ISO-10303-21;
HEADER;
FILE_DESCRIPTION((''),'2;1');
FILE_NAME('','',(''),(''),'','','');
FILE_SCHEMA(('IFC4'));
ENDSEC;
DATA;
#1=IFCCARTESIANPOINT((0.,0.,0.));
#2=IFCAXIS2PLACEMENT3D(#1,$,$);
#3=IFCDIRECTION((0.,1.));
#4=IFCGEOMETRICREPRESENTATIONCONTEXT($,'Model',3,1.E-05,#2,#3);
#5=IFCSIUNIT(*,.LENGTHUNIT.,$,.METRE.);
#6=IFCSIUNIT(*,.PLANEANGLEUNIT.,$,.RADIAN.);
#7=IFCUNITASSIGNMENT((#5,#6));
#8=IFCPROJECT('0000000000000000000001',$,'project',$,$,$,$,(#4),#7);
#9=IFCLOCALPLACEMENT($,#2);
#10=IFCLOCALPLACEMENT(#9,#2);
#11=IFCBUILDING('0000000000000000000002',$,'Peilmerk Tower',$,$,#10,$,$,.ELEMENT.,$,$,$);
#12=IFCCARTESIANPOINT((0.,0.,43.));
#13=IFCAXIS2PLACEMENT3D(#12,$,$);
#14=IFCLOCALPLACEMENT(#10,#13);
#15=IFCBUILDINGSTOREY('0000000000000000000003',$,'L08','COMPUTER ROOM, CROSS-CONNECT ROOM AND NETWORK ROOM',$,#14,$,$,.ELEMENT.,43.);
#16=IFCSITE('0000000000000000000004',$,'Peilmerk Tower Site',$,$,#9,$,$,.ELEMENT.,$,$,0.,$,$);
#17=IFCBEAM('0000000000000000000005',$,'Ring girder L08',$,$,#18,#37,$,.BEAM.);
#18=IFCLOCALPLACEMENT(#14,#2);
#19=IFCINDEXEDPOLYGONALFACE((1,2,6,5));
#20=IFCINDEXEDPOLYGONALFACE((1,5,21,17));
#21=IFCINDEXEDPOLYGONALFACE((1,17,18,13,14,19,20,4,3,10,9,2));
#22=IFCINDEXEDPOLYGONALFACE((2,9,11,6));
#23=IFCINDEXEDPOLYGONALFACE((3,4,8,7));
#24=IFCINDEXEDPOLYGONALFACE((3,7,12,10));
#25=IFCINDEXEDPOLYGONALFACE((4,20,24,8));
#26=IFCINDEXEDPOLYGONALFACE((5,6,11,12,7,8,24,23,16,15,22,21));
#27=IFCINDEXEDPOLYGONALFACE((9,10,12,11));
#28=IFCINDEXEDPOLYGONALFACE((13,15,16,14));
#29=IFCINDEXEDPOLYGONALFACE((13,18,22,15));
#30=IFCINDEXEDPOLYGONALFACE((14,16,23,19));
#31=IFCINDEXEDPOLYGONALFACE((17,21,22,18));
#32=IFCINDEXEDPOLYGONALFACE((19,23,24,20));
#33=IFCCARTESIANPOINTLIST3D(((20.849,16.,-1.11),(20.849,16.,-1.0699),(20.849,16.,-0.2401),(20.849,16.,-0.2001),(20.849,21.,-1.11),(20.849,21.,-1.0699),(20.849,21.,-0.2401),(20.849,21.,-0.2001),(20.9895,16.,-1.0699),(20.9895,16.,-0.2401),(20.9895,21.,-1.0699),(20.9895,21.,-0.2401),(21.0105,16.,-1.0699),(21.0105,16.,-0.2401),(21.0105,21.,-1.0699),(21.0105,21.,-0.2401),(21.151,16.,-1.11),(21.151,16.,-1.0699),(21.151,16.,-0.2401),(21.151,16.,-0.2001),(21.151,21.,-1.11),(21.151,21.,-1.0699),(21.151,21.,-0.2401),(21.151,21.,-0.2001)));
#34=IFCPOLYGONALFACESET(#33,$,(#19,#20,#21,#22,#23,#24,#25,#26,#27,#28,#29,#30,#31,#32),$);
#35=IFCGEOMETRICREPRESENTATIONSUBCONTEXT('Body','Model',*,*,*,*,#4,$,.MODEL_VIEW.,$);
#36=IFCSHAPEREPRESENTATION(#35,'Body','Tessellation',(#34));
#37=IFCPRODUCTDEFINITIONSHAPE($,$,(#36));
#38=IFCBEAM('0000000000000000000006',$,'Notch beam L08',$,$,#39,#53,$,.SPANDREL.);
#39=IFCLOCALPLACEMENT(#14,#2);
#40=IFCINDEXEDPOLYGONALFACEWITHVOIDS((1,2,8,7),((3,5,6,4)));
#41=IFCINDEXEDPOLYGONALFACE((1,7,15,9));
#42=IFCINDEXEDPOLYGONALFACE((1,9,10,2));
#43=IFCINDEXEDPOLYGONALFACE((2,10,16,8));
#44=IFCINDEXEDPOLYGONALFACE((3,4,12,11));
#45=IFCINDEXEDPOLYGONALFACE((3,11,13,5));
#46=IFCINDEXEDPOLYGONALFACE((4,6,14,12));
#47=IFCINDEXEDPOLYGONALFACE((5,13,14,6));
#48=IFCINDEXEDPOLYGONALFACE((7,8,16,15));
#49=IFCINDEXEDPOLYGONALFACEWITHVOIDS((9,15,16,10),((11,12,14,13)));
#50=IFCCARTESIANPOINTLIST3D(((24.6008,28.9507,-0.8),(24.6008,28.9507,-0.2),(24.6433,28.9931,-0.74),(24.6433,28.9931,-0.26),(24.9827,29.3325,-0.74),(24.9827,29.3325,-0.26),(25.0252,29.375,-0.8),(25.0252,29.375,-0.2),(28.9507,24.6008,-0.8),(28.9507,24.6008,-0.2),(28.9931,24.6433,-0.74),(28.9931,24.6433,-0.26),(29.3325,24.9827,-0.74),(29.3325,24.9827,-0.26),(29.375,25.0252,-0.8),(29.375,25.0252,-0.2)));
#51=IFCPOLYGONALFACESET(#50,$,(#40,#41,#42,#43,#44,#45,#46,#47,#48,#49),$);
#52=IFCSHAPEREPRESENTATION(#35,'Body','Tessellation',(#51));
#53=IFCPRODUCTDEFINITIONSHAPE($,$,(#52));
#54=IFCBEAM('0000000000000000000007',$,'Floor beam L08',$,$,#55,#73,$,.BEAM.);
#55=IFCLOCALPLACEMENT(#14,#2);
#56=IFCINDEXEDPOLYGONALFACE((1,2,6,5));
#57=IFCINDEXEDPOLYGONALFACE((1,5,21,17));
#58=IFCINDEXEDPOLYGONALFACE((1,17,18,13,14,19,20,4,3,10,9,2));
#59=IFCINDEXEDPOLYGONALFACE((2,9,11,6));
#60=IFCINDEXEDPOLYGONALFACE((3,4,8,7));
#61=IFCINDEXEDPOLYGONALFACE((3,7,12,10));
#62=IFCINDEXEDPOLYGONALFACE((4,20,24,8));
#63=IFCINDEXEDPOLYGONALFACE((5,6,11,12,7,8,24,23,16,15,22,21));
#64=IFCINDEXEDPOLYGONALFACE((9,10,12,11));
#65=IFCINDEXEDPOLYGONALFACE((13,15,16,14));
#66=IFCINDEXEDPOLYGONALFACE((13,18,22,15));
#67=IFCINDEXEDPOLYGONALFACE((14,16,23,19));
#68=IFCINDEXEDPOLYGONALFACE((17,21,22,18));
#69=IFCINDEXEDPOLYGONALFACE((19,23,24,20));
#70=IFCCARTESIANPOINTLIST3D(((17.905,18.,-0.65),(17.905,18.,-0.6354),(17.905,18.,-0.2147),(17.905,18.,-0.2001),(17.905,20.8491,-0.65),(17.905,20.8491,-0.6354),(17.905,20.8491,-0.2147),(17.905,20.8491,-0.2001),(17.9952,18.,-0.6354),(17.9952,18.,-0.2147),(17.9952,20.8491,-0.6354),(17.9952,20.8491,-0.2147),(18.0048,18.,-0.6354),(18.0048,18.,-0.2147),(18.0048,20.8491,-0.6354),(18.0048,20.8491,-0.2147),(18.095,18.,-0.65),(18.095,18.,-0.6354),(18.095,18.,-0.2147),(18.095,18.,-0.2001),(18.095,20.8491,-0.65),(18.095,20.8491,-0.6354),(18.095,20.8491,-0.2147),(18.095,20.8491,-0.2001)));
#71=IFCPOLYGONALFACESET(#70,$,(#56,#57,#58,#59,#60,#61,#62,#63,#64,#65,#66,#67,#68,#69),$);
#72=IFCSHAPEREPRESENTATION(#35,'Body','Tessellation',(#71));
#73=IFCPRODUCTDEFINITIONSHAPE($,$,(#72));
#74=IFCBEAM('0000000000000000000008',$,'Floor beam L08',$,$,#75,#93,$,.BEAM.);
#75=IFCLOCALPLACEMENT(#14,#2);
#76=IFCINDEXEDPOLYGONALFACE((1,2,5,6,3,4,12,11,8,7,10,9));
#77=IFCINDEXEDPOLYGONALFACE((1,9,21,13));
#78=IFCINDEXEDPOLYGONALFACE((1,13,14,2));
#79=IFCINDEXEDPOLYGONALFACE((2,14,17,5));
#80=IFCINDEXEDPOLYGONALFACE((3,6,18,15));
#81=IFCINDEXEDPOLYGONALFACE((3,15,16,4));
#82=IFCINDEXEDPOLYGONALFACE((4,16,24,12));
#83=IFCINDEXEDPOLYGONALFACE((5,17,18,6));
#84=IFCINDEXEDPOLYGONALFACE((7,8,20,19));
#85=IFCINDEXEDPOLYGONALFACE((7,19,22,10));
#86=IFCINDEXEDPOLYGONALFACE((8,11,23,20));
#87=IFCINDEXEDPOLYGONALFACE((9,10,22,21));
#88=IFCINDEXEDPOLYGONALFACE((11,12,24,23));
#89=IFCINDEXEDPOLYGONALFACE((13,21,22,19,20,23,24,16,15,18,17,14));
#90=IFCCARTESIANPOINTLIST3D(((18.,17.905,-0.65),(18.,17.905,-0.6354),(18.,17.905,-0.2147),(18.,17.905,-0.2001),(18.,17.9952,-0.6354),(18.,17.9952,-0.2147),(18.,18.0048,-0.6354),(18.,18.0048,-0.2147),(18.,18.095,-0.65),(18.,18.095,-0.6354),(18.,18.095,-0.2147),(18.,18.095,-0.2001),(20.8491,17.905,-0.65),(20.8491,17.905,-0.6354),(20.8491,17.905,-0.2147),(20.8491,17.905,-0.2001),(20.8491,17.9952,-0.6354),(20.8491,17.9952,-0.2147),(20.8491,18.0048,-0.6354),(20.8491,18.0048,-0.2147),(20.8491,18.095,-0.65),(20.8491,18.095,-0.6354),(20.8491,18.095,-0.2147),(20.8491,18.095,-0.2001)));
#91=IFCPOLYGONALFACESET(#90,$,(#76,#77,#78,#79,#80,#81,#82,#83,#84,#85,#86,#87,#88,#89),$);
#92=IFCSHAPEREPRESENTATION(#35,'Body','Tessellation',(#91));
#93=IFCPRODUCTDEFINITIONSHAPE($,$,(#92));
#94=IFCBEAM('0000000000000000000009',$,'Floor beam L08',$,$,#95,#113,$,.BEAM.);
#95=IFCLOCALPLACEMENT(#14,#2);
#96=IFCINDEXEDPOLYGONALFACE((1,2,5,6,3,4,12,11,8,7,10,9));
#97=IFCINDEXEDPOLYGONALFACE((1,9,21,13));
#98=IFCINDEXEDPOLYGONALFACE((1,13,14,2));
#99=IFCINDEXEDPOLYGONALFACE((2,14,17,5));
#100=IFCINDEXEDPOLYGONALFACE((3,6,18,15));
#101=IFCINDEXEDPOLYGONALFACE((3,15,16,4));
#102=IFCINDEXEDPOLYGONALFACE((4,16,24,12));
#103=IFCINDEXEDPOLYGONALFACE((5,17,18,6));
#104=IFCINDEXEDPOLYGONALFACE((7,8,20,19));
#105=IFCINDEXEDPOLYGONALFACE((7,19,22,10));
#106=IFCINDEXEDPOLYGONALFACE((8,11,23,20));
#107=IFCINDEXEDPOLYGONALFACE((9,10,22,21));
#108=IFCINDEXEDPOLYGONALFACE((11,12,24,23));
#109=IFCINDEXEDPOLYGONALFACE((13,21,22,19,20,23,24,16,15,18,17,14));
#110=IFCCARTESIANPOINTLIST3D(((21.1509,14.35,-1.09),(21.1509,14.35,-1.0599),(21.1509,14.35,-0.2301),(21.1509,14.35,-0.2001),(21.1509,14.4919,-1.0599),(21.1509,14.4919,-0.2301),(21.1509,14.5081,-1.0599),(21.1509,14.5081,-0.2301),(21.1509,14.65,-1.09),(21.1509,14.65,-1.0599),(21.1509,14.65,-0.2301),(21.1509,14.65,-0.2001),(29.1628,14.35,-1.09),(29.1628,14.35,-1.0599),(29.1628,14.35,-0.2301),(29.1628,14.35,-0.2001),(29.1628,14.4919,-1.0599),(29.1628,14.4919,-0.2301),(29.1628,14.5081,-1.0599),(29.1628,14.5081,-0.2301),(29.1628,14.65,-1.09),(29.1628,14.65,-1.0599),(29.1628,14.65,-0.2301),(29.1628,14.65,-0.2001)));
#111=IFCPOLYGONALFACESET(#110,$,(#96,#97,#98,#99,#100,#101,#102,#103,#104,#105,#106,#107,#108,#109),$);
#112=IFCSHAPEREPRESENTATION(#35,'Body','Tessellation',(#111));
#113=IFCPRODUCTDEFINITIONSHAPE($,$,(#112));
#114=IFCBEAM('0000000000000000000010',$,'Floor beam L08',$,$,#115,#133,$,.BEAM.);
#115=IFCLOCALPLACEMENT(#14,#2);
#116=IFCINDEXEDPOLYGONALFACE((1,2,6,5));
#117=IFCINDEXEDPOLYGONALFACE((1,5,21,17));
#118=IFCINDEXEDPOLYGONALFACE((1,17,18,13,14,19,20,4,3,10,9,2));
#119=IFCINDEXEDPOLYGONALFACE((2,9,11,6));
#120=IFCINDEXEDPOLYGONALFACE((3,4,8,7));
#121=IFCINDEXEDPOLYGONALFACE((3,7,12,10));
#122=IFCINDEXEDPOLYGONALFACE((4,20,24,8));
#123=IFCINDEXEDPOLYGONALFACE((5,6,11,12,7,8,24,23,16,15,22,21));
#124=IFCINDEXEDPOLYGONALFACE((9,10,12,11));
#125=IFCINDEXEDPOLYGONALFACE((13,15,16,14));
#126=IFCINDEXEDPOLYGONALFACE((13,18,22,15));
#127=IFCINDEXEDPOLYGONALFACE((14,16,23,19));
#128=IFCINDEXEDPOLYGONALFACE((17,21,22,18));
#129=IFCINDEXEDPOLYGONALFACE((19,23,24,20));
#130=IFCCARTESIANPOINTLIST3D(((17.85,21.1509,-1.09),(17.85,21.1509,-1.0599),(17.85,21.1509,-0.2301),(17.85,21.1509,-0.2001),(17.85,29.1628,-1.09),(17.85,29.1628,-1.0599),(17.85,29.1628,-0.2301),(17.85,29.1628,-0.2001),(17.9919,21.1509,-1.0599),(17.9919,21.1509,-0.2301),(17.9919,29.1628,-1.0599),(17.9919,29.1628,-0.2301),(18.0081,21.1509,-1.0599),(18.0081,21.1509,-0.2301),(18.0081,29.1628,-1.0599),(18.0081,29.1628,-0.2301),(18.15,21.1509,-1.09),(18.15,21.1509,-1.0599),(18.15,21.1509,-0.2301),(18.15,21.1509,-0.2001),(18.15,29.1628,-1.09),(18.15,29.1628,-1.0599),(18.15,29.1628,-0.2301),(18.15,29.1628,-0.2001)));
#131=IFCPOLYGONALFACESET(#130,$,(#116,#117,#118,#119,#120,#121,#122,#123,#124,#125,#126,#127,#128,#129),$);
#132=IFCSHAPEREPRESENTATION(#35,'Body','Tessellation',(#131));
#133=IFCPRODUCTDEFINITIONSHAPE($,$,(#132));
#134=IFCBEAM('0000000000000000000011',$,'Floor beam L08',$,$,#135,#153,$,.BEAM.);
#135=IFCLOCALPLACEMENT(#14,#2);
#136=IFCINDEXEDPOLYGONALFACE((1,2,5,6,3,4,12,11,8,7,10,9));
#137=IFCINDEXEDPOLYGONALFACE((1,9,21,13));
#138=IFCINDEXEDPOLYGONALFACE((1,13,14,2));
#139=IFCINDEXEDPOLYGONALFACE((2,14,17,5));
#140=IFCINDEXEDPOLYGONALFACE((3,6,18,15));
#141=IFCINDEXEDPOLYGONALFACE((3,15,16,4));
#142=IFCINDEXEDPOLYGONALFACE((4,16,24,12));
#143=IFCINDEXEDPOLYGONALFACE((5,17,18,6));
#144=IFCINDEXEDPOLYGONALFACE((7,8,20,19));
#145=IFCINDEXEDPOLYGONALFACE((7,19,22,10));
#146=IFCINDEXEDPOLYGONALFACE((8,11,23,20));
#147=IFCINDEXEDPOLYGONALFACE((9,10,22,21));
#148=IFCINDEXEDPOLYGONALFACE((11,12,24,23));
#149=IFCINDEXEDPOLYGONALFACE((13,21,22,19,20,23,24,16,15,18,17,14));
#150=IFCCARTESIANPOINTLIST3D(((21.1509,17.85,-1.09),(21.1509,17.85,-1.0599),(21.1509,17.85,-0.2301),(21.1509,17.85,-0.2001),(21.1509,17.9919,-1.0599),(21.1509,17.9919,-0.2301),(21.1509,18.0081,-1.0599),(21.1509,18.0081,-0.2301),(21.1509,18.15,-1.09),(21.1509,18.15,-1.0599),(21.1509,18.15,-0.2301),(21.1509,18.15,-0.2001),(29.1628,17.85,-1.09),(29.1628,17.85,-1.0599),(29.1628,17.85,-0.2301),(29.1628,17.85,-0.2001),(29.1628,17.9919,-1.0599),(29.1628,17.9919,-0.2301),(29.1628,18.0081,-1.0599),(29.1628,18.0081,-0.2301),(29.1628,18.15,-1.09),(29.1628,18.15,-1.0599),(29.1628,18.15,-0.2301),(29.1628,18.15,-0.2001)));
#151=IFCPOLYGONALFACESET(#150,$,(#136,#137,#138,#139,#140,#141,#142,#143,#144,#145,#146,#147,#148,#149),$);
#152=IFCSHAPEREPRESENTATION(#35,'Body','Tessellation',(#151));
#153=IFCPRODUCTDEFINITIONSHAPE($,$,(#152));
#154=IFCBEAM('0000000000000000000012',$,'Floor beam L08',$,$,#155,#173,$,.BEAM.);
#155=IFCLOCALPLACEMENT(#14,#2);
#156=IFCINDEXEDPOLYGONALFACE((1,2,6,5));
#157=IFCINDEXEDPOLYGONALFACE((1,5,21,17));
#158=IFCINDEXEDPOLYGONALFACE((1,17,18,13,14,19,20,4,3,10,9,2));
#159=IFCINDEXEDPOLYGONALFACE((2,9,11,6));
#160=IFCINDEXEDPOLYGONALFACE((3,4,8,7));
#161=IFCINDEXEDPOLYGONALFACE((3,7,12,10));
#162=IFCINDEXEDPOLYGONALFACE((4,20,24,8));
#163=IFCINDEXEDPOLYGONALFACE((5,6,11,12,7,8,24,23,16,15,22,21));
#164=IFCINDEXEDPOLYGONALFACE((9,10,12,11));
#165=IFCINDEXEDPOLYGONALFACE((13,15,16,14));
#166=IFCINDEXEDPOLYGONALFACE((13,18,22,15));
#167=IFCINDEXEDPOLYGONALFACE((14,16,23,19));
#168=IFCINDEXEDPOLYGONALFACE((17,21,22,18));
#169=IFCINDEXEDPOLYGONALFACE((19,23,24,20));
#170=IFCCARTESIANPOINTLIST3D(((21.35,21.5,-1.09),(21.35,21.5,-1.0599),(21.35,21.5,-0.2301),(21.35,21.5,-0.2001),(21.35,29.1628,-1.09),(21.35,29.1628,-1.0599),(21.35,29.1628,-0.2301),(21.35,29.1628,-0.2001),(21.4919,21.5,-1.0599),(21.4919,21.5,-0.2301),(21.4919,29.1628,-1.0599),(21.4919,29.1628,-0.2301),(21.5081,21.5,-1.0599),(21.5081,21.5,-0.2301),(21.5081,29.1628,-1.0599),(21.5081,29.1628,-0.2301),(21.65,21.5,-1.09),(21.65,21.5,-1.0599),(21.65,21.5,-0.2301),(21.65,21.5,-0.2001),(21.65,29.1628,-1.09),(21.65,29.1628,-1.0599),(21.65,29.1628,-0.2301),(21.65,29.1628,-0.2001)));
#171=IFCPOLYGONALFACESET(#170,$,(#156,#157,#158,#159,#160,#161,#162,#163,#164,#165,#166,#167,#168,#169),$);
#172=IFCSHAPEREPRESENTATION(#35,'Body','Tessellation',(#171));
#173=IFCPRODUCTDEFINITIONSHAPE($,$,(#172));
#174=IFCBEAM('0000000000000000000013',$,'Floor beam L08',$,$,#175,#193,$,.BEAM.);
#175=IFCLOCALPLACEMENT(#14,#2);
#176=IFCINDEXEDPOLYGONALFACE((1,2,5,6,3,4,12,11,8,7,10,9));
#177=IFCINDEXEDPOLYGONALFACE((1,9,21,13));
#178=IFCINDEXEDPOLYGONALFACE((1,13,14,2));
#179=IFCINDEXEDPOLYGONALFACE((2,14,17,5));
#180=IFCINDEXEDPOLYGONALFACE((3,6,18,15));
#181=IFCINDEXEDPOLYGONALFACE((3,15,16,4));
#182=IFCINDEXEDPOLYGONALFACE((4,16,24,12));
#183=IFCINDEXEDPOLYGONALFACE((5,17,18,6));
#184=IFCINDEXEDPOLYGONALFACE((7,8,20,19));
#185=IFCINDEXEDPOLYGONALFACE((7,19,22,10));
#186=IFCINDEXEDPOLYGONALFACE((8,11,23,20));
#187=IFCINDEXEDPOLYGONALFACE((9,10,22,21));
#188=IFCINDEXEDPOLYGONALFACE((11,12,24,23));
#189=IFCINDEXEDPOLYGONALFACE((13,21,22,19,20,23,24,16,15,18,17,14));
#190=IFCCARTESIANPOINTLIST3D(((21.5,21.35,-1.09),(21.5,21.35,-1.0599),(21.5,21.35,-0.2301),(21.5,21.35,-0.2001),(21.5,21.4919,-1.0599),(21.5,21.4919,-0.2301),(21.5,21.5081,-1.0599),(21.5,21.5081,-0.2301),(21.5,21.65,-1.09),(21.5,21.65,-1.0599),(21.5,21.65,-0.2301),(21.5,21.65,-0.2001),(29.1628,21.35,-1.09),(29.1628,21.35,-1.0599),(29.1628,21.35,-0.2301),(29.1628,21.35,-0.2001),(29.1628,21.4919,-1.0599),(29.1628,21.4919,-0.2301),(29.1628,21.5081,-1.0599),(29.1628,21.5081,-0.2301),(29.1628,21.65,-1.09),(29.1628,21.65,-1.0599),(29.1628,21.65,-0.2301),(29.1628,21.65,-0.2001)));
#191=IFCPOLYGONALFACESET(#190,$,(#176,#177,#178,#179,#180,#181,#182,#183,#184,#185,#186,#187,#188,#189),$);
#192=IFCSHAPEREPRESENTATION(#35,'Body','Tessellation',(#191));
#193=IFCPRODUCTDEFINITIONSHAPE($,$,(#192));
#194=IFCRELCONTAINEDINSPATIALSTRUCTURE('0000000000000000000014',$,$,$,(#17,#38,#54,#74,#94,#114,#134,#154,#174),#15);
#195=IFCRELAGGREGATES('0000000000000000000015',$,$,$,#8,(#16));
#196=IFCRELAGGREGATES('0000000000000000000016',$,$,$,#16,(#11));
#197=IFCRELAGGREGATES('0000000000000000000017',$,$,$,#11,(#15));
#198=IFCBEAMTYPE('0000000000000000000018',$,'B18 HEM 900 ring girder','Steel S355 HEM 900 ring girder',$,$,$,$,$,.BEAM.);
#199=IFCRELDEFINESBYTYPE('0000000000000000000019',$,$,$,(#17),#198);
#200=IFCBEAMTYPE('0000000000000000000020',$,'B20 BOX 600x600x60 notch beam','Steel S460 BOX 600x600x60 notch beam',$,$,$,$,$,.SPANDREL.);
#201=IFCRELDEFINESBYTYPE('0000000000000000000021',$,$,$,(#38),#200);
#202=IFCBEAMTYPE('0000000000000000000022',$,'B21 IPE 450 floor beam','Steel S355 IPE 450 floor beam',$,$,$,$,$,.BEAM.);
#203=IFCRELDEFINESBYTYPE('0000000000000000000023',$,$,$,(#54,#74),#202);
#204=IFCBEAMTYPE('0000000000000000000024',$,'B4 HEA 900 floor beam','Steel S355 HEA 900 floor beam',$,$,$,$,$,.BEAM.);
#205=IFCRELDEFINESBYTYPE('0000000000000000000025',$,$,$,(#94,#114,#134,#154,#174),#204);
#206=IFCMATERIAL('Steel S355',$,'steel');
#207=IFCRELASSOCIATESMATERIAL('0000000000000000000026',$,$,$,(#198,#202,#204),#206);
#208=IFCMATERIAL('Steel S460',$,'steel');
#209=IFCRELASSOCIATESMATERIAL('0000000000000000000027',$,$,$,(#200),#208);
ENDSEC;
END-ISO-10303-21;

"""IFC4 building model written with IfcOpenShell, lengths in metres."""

from ifc_helpers import new_model, si_unit, direction, frame, origin, origin_2d, place, context, subcontext, project, spatial, hollow_rectangle, i_section, extrude, material, material_profile, profile_set, type_object, element, save


model = new_model("IFC4")

# Units and contexts
model_context = context("Model", 3, precision=1e-05, world=origin(), true_north=direction((0.0, 1.0)))
body_context = subcontext(model_context, "Body", "Model", "MODEL_VIEW")
ifc_project = project(units=[si_unit("LENGTHUNIT", "METRE"), si_unit("PLANEANGLEUNIT", "RADIAN")], contexts=[model_context])

# Site, building, storey
site_placement = place(None, origin())
site = spatial("IfcSite", under=ifc_project, at=site_placement, Name="Peilmerk Tower Site", CompositionType="ELEMENT", RefElevation=0.0)
building_placement = place(site_placement, origin())
building = spatial("IfcBuilding", under=site, at=building_placement, Name="Peilmerk Tower", CompositionType="ELEMENT")
storey_placement = place(building_placement, frame((0.0, 0.0, 43.0)))
storey = spatial("IfcBuildingStorey", under=building, at=storey_placement, Name="L08", Description="COMPUTER ROOM, CROSS-CONNECT ROOM AND NETWORK ROOM", CompositionType="ELEMENT", Elevation=43.0)

# Beams
ifc_material_1 = material(Name="Steel S355", Category="steel")
ifc_material_2 = material(Name="Steel S460", Category="steel")
ifc_material_profile_1 = material_profile(ifc_material_1, i_section(OverallWidth=0.302, OverallDepth=0.9099, WebThickness=0.021, FlangeThickness=0.04, at=origin_2d()), Name="HEM 900")
ifc_profile_set_1 = profile_set([ifc_material_profile_1], Name="Steel S355")
beam_type_1 = type_object("IfcBeamType", Name="B18 HEM 900 ring girder", Description="Steel S355 HEM 900 ring girder", PredefinedType="BEAM", material=ifc_profile_set_1)
for number, where, z_axis, x_axis, name in (
    (1, (21.0, 16.0, -0.655), (0.0, 1.0, 0.0), (-1.0, 0.0, 0.0), "Ring girder L08"),
):
    element("IfcBeam", number, at=place(storey_placement, frame(where, z_axis=z_axis, x_axis=x_axis)), inside=storey, type_object=beam_type_1, Name=name, PredefinedType="BEAM", context=body_context, shape_type="SweptSolid", body=[
        extrude(i_section(OverallWidth=0.302, OverallDepth=0.9099, WebThickness=0.021, FlangeThickness=0.04, at=origin_2d()), origin(), (0.0, 0.0, 1.0), 5.0),
    ])
ifc_material_profile_2 = material_profile(ifc_material_2, hollow_rectangle(XDim=0.6001, YDim=0.6001, WallThickness=0.0601, at=origin_2d()), Name="BOX 600x600x60")
ifc_profile_set_2 = profile_set([ifc_material_profile_2], Name="Steel S460")
beam_type_2 = type_object("IfcBeamType", Name="B20 BOX 600x600x60 notch beam", Description="Steel S460 BOX 600x600x60 notch beam", PredefinedType="SPANDREL", material=ifc_profile_set_2)
beam_1_placement = place(storey_placement, frame((24.813, 29.1628, -0.5), z_axis=(0.707107, -0.707107, 0.0), x_axis=(0.707107, 0.707107, 0.0)))
element("IfcBeam", 2, at=beam_1_placement, inside=storey, type_object=beam_type_2, Name="Notch beam L08", PredefinedType="SPANDREL", context=body_context, shape_type="SweptSolid", body=[
    extrude(hollow_rectangle(XDim=0.6001, YDim=0.6001, WallThickness=0.0601, at=origin_2d()), origin(), (0.0, 0.0, 1.0), 6.1516),
])
ifc_material_profile_3 = material_profile(ifc_material_1, i_section(OverallWidth=0.1899, OverallDepth=0.45, WebThickness=0.0095, FlangeThickness=0.0146, at=origin_2d()), Name="IPE 450")
ifc_profile_set_3 = profile_set([ifc_material_profile_3], Name="Steel S355")
beam_type_3 = type_object("IfcBeamType", Name="B21 IPE 450 floor beam", Description="Steel S355 IPE 450 floor beam", PredefinedType="BEAM", material=ifc_profile_set_3)
for number, where, z_axis, x_axis, name in (
    (3, (18.0, 18.0, -0.425), (0.0, 1.0, 0.0), (-1.0, 0.0, 0.0), "Floor beam L08"),
    (4, (18.0, 18.0, -0.425), (1.0, 0.0, 0.0), (0.0, 1.0, 0.0), "Floor beam L08"),
):
    element("IfcBeam", number, at=place(storey_placement, frame(where, z_axis=z_axis, x_axis=x_axis)), inside=storey, type_object=beam_type_3, Name=name, PredefinedType="BEAM", context=body_context, shape_type="SweptSolid", body=[
        extrude(i_section(OverallWidth=0.1899, OverallDepth=0.45, WebThickness=0.0095, FlangeThickness=0.0146, at=origin_2d()), origin(), (0.0, 0.0, 1.0), 2.8491),
    ])
ifc_material_profile_4 = material_profile(ifc_material_1, i_section(OverallWidth=0.3, OverallDepth=0.8899, WebThickness=0.0161, FlangeThickness=0.03, at=origin_2d()), Name="HEA 900")
ifc_profile_set_4 = profile_set([ifc_material_profile_4], Name="Steel S355")
beam_type_4 = type_object("IfcBeamType", Name="B4 HEA 900 floor beam", Description="Steel S355 HEA 900 floor beam", PredefinedType="BEAM", material=ifc_profile_set_4)
for number, where, z_axis, x_axis, name in (
    (5, (21.1509, 14.5, -0.645), (1.0, 0.0, 0.0), (0.0, 1.0, 0.0), "Floor beam L08"),
    (6, (18.0, 21.1509, -0.645), (0.0, 1.0, 0.0), (-1.0, 0.0, 0.0), "Floor beam L08"),
    (7, (21.1509, 18.0, -0.645), (1.0, 0.0, 0.0), (0.0, 1.0, 0.0), "Floor beam L08"),
):
    element("IfcBeam", number, at=place(storey_placement, frame(where, z_axis=z_axis, x_axis=x_axis)), inside=storey, type_object=beam_type_4, Name=name, PredefinedType="BEAM", context=body_context, shape_type="SweptSolid", body=[
        extrude(i_section(OverallWidth=0.3, OverallDepth=0.8899, WebThickness=0.0161, FlangeThickness=0.03, at=origin_2d()), origin(), (0.0, 0.0, 1.0), 8.012),
    ])
for number, where, z_axis, x_axis, name in (
    (8, (21.5, 21.5, -0.645), (0.0, 1.0, 0.0), (-1.0, 0.0, 0.0), "Floor beam L08"),
    (9, (21.5, 21.5, -0.645), (1.0, 0.0, 0.0), (0.0, 1.0, 0.0), "Floor beam L08"),
):
    element("IfcBeam", number, at=place(storey_placement, frame(where, z_axis=z_axis, x_axis=x_axis)), inside=storey, type_object=beam_type_4, Name=name, PredefinedType="BEAM", context=body_context, shape_type="SweptSolid", body=[
        extrude(i_section(OverallWidth=0.3, OverallDepth=0.8899, WebThickness=0.0161, FlangeThickness=0.03, at=origin_2d()), origin(), (0.0, 0.0, 1.0), 7.6628),
    ])

save(model, "model.ifc")
